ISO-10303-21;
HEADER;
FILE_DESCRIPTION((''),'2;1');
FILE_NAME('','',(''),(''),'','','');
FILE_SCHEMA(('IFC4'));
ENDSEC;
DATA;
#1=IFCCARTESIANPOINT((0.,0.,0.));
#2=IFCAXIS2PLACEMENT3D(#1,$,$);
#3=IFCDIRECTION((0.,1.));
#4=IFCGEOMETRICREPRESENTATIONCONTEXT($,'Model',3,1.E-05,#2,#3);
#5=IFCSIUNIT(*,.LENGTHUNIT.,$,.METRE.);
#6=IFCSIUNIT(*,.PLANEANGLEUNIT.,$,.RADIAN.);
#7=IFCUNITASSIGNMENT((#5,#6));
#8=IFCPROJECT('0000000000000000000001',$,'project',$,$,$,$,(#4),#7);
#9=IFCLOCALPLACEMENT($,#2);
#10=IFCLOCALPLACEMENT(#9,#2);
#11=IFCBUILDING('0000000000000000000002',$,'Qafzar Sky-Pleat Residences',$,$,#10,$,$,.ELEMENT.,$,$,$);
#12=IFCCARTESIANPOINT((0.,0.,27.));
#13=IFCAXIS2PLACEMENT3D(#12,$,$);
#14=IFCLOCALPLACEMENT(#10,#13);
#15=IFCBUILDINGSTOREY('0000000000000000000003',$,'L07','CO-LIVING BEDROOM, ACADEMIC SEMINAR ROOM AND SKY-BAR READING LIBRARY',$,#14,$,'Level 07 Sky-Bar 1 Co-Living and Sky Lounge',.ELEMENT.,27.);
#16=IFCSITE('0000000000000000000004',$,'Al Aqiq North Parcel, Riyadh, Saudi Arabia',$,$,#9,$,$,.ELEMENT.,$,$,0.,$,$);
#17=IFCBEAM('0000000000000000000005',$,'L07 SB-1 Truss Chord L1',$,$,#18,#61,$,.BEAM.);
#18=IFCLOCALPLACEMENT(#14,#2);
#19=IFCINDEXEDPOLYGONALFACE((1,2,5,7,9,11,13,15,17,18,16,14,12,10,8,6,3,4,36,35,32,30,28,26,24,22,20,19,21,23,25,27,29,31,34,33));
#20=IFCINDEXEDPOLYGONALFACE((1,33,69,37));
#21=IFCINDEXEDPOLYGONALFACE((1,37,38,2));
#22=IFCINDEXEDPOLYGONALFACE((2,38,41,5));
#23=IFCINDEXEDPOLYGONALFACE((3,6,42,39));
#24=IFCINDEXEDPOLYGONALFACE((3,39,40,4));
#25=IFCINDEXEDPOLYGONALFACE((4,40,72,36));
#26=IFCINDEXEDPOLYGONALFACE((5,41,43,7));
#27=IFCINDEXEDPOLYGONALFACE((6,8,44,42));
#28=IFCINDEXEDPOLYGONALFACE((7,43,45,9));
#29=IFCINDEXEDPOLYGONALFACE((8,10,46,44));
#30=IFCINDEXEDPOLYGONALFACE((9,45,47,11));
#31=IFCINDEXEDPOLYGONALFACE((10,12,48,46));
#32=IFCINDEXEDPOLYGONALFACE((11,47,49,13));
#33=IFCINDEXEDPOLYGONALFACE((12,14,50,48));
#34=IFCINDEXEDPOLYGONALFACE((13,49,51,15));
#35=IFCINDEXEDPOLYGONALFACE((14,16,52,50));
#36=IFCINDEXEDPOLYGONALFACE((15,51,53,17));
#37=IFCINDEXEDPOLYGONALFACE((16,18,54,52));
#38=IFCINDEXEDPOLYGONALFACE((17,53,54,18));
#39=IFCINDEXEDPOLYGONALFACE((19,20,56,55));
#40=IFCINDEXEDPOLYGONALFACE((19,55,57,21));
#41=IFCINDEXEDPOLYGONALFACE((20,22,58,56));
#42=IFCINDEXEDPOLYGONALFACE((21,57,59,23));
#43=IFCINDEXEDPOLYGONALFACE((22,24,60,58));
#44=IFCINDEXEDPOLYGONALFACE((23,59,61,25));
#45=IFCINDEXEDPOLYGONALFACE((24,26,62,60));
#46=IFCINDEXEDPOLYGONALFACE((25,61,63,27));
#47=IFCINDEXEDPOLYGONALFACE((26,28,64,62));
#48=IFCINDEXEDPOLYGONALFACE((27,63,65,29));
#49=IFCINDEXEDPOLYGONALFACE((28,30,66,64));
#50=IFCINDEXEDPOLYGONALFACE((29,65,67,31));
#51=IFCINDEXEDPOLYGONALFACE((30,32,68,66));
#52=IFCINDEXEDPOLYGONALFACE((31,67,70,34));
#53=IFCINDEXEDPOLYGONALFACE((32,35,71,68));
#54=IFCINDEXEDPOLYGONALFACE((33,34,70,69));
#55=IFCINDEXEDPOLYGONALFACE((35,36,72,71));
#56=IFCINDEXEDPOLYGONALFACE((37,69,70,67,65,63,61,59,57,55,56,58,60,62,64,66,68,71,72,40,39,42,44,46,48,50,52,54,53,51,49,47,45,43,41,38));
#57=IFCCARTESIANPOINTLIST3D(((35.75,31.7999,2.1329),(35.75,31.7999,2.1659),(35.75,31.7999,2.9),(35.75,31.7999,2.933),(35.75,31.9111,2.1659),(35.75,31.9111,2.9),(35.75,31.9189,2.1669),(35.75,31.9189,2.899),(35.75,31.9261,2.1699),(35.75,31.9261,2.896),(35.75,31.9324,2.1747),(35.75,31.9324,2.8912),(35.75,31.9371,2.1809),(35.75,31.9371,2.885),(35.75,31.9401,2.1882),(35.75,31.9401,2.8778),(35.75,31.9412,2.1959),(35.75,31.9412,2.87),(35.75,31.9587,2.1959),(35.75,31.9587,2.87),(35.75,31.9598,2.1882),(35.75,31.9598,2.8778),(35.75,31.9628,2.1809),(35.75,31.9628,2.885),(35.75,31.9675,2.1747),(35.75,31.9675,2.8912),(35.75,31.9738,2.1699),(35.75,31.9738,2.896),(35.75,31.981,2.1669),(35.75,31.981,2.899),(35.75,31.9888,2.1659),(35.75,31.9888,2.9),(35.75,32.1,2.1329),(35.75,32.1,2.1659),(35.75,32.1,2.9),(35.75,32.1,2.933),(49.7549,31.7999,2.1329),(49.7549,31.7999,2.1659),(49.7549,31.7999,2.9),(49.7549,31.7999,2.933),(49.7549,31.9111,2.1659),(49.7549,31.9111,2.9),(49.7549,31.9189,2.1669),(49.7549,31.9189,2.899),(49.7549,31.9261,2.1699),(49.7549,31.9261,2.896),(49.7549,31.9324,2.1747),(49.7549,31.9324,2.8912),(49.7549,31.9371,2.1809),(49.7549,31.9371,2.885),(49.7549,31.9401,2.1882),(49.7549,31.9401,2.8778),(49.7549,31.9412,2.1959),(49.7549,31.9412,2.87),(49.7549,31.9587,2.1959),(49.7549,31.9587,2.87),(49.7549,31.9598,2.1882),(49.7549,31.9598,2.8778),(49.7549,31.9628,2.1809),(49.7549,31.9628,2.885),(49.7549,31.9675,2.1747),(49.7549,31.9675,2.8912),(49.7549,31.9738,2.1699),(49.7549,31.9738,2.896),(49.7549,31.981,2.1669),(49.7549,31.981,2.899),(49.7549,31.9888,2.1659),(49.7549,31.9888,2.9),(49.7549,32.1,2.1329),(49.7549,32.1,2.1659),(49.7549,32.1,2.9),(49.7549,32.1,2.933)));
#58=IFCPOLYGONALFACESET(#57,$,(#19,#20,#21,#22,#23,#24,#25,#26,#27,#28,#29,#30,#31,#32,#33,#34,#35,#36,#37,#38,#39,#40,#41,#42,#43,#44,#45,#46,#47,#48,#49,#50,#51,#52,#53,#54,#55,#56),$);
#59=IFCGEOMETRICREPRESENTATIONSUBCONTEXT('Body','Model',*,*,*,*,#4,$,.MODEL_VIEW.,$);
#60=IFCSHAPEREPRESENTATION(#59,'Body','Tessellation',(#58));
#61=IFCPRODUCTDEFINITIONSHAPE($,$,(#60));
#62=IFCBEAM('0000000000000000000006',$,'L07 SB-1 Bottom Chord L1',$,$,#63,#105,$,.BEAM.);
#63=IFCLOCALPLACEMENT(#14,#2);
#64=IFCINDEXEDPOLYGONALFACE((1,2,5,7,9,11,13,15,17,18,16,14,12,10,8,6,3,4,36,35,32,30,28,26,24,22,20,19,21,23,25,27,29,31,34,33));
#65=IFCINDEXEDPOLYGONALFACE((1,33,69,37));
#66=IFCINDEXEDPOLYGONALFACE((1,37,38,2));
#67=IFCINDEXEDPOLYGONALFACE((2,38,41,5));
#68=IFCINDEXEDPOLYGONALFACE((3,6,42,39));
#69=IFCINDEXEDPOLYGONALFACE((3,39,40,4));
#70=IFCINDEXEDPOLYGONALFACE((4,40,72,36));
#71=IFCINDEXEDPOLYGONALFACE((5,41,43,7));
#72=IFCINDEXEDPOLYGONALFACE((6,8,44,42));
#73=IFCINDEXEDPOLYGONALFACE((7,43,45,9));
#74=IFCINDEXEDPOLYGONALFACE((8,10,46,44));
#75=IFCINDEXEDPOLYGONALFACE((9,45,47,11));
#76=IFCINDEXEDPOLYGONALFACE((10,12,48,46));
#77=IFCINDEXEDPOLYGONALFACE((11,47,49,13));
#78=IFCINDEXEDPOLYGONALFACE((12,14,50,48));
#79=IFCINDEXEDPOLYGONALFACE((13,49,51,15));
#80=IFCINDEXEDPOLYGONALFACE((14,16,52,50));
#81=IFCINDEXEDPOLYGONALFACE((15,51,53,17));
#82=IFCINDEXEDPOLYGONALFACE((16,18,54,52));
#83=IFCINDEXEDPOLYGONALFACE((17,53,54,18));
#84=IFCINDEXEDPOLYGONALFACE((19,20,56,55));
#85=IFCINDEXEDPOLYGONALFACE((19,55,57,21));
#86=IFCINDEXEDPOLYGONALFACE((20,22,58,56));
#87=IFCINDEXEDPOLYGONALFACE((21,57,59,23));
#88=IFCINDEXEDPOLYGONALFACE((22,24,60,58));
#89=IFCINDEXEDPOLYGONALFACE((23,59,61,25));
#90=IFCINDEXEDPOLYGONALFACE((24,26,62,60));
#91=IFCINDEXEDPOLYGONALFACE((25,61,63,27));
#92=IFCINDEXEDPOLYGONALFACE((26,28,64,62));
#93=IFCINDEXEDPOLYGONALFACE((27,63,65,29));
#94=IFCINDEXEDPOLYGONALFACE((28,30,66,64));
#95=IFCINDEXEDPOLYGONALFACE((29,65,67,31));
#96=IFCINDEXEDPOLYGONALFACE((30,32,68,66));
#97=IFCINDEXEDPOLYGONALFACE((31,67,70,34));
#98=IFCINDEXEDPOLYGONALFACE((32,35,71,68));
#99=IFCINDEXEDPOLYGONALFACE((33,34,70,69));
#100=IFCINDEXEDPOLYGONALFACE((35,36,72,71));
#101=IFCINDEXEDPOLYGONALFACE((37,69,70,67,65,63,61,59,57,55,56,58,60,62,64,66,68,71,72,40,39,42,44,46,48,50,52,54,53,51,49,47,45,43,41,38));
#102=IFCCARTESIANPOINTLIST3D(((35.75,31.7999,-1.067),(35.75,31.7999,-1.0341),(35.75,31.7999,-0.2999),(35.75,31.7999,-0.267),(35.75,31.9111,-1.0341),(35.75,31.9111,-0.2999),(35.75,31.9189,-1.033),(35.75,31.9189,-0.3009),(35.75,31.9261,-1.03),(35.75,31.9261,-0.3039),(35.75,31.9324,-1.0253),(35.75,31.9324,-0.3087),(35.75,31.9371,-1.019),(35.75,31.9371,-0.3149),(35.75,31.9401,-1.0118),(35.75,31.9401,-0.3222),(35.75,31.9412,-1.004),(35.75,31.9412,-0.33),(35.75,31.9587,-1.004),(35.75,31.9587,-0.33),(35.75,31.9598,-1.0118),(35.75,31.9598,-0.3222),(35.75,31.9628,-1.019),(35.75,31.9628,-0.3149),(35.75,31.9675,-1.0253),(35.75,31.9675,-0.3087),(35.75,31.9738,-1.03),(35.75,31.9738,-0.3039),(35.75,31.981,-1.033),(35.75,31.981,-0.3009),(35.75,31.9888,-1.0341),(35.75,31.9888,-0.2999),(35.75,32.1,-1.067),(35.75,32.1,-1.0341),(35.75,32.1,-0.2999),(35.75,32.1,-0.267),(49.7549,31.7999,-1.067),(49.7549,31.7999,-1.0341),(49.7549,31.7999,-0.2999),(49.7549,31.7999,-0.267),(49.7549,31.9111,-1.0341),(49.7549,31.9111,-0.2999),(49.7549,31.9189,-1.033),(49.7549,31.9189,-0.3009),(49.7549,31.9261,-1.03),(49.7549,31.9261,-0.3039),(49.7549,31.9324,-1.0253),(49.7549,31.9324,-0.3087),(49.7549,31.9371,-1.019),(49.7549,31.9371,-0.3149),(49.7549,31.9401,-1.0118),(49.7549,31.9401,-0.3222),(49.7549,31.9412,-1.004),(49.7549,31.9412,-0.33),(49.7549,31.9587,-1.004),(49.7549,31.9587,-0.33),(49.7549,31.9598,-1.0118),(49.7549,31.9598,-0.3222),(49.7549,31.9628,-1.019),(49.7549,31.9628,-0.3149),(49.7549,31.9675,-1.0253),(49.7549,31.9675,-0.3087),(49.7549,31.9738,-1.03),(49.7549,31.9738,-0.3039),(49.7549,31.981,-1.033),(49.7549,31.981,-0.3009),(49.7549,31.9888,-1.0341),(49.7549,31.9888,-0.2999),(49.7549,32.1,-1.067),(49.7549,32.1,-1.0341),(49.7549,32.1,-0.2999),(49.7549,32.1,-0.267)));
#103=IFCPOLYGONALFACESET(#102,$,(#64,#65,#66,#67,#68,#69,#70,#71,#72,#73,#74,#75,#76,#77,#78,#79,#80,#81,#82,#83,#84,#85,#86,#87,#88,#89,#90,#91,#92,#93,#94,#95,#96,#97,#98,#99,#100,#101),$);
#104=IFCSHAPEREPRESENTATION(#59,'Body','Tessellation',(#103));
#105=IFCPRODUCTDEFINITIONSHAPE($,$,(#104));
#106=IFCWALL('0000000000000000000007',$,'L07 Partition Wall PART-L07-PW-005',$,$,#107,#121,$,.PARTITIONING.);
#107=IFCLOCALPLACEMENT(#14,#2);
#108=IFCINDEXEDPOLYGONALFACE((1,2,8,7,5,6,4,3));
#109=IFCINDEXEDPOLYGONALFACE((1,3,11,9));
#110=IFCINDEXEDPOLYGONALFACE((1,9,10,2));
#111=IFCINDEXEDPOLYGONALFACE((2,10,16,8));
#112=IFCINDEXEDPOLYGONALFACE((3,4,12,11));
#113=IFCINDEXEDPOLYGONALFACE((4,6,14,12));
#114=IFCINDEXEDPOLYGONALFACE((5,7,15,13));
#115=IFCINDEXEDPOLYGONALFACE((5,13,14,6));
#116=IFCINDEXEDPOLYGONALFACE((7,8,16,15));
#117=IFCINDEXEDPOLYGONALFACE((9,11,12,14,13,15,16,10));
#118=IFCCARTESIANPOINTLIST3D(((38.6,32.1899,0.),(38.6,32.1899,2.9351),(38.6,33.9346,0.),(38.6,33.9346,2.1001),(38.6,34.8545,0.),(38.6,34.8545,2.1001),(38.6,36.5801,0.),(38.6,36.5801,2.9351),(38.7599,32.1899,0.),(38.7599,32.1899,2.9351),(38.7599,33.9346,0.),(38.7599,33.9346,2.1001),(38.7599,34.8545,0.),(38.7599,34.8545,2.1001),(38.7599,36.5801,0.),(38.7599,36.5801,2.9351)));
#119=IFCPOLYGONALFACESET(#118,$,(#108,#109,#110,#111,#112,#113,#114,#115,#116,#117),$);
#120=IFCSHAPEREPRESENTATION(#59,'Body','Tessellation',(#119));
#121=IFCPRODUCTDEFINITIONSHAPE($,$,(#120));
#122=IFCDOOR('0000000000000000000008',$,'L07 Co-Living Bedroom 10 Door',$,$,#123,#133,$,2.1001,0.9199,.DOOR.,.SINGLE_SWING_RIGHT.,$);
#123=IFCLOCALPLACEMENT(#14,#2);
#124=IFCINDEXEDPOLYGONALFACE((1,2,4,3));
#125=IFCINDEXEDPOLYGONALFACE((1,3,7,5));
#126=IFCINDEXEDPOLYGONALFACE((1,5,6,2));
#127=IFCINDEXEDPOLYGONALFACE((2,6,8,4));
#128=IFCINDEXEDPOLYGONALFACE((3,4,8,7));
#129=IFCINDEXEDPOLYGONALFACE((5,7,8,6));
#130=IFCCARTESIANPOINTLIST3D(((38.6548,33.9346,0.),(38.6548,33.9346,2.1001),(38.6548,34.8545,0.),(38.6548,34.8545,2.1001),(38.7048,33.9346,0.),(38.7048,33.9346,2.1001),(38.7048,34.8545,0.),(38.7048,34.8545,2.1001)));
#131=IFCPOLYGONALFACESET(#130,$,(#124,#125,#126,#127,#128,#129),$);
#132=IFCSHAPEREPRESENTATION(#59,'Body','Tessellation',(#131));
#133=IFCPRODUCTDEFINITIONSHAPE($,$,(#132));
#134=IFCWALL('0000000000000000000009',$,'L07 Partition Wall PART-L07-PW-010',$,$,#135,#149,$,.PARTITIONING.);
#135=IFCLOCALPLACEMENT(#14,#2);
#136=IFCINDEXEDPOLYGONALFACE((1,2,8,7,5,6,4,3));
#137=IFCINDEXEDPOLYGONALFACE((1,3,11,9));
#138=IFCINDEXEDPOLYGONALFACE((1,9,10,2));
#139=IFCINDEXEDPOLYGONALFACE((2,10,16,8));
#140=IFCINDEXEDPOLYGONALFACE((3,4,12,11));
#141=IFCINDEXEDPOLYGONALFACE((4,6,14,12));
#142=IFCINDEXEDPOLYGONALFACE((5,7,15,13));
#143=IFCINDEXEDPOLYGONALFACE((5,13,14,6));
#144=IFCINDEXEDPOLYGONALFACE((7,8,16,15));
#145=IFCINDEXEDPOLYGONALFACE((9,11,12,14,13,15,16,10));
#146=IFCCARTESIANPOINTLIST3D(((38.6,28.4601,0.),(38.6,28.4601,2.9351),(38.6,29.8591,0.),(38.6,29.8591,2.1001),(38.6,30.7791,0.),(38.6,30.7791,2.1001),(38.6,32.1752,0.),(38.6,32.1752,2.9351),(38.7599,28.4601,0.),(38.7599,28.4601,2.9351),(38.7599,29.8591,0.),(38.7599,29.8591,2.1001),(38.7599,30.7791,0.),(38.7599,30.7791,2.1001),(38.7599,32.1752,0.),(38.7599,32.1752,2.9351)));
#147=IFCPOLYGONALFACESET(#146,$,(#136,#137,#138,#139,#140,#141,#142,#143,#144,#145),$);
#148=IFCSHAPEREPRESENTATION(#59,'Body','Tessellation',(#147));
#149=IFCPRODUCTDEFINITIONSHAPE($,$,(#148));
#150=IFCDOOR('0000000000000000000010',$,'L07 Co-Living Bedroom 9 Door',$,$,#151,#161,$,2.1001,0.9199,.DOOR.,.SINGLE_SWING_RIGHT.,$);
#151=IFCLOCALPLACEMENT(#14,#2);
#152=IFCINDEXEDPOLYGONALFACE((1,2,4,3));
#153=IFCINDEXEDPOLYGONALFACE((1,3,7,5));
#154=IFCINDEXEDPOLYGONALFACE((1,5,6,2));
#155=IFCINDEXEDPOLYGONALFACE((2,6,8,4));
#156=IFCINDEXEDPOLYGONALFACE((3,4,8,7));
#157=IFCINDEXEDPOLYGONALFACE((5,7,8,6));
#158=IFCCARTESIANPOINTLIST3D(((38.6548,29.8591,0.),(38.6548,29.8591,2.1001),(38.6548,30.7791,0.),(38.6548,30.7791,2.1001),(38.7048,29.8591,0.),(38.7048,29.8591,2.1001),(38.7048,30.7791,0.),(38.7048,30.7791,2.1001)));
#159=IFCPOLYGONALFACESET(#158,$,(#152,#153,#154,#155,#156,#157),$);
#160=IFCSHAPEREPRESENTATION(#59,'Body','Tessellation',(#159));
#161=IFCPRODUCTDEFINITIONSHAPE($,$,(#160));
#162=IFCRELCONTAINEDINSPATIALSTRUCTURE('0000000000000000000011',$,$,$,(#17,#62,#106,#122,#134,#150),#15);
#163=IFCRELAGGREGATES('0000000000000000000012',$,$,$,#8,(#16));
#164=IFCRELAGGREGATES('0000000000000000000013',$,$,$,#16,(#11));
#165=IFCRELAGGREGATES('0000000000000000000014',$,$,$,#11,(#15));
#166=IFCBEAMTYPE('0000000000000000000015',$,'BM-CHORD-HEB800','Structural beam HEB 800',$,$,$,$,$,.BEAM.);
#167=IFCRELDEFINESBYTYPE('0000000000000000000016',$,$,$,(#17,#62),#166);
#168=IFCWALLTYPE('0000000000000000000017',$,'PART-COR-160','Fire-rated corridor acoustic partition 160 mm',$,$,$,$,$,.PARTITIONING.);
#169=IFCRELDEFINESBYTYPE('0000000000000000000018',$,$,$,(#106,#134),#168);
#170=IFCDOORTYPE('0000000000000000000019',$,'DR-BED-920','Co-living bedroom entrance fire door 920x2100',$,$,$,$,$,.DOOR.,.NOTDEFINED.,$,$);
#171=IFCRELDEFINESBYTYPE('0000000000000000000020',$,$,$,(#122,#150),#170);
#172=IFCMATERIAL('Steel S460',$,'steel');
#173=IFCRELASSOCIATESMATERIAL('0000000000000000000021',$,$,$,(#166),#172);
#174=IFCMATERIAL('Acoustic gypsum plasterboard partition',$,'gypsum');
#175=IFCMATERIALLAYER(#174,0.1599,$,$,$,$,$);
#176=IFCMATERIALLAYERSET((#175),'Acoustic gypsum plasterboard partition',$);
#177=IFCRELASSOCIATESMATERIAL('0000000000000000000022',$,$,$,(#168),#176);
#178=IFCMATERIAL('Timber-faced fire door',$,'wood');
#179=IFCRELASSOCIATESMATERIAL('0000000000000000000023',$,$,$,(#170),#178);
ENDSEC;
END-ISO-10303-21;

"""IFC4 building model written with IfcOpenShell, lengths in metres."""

from ifc_helpers import new_model, si_unit, direction, frame, frame_2d, origin, origin_2d, place, context, subcontext, project, spatial, rectangle, i_section, extrude, source, transform, mapped, material, layer, layer_set, material_profile, profile_set, type_object, element, fill, save


model = new_model("IFC4")

# Units and contexts
model_context = context("Model", 3, precision=1e-05, world=origin(), true_north=direction((0.0, 1.0)))
body_context = subcontext(model_context, "Body", "Model", "MODEL_VIEW")
ifc_project = project(units=[si_unit("LENGTHUNIT", "METRE"), si_unit("PLANEANGLEUNIT", "RADIAN")], contexts=[model_context])

# Site, building, storey
site_placement = place(None, origin())
site = spatial("IfcSite", under=ifc_project, at=site_placement, Name="Al Aqiq North Parcel, Riyadh, Saudi Arabia", CompositionType="ELEMENT", RefElevation=0.0)
building_placement = place(site_placement, origin())
building = spatial("IfcBuilding", under=site, at=building_placement, Name="Qafzar Sky-Pleat Residences", CompositionType="ELEMENT")
storey_placement = place(building_placement, frame((0.0, 0.0, 27.0)))
storey = spatial("IfcBuildingStorey", under=building, at=storey_placement, Name="L07", Description="CO-LIVING BEDROOM, ACADEMIC SEMINAR ROOM AND SKY-BAR READING LIBRARY", LongName="Level 07 Sky-Bar 1 Co-Living and Sky Lounge", CompositionType="ELEMENT", Elevation=27.0)

# Shared definitions
ifc_material_1 = material(Name="Steel S460", Category="steel")

# Beams
ifc_material_profile_1 = material_profile(ifc_material_1, i_section(OverallWidth=0.3, OverallDepth=0.8, WebThickness=0.0176, FlangeThickness=0.033, FilletRadius=0.03, at=origin_2d()), Name="HEB 800")
ifc_profile_set_1 = profile_set([ifc_material_profile_1], Name="Steel S460")
beam_type_1 = type_object("IfcBeamType", Name="BM-CHORD-HEB800", Description="Structural beam HEB 800", PredefinedType="BEAM", material=ifc_profile_set_1)
shared_shape_1 = source(origin(), body_context, "Body", "SweptSolid", [
    extrude(i_section(OverallWidth=0.3, OverallDepth=0.8, WebThickness=0.0176, FlangeThickness=0.033, FilletRadius=0.03, at=origin_2d()), origin(), (0.0, 0.0, 1.0), 14.0049),
])
for number, where, z_axis, x_axis, name in (
    (1, (35.75, 31.95, 2.533), (1.0, 0.0, 0.0), (0.0, 1.0, 0.0), "L07 SB-1 Truss Chord L1"),
    (2, (35.75, 31.95, -0.667), (1.0, 0.0, 0.0), (0.0, 1.0, 0.0), "L07 SB-1 Bottom Chord L1"),
):
    element("IfcBeam", number, at=place(storey_placement, frame(where, z_axis=z_axis, x_axis=x_axis)), inside=storey, type_object=beam_type_1, Name=name, PredefinedType="BEAM", context=body_context, shape_type="MappedRepresentation", body=[
        mapped(shared_shape_1, transform((0.0, 0.0, 0.0), x_axis=(1.0, 0.0, 0.0), y_axis=(0.0, 1.0, 0.0), z_axis=(0.0, 0.0, 1.0), scale=1.0)),
    ])

# Walls, openings, doors
ifc_material_2 = material(Name="Acoustic gypsum plasterboard partition", Category="gypsum")
ifc_layer_1 = layer(ifc_material_2, 0.1599)
ifc_layer_set_1 = layer_set([ifc_layer_1], Name="Acoustic gypsum plasterboard partition")
wall_type_1 = type_object("IfcWallType", Name="PART-COR-160", Description="Fire-rated corridor acoustic partition 160 mm", PredefinedType="PARTITIONING", material=ifc_layer_set_1)
wall_1_placement = place(storey_placement, frame((38.6799, 36.5801, 0.0), z_axis=(0.0, 0.0, 1.0), x_axis=(0.0, -1.0, 0.0)))
wall_1 = element("IfcWall", 3, at=wall_1_placement, inside=storey, type_object=wall_type_1, Name="L07 Partition Wall PART-L07-PW-005", PredefinedType="PARTITIONING", context=body_context, shape_type="SweptSolid", body=[
    extrude(rectangle(XDim=4.3901, YDim=0.1599, at=frame_2d((2.1951, 0.0))), origin(), (0.0, 0.0, 1.0), 2.9351),
])
opening_1_placement = place(wall_1_placement, frame((1.7256, 0.0, 0.0)))
opening_1 = element("IfcOpeningElement", 4, at=opening_1_placement, cuts=wall_1, PredefinedType="OPENING", context=body_context, shape_type="SweptSolid", body=[
    extrude(rectangle(XDim=0.9199, YDim=2.1001, at=frame_2d((0.46, 1.05))), frame((0.0, 0.0898, 0.0), z_axis=(0.0, -1.0, 0.0), x_axis=(1.0, 0.0, 0.0)), (0.0, 0.0, 1.0), 0.1799),
])
ifc_material_3 = material(Name="Timber-faced fire door", Category="wood")
door_type_1 = type_object("IfcDoorType", Name="DR-BED-920", Description="Co-living bedroom entrance fire door 920x2100", OperationType="NOTDEFINED", PredefinedType="DOOR", material=ifc_material_3)
shared_shape_2 = source(origin(), body_context, "Body", "SweptSolid", [
    extrude(rectangle(XDim=0.9199, YDim=2.1001, at=frame_2d((0.46, 1.05))), frame((0.0, 0.0249, 0.0), z_axis=(0.0, -1.0, 0.0), x_axis=(1.0, 0.0, 0.0)), (0.0, 0.0, 1.0), 0.05),
])
door_1_placement = place(opening_1_placement, origin())
door_1 = element("IfcDoor", 5, at=door_1_placement, inside=storey, type_object=door_type_1, Name="L07 Co-Living Bedroom 10 Door", OperationType="SINGLE_SWING_RIGHT", OverallHeight=2.1001, OverallWidth=0.9199, PredefinedType="DOOR", context=body_context, shape_type="MappedRepresentation", body=[
    mapped(shared_shape_2, transform((0.0, 0.0, 0.0), x_axis=(1.0, 0.0, 0.0), y_axis=(0.0, 1.0, 0.0), z_axis=(0.0, 0.0, 1.0), scale=1.0)),
])
fill(opening_1, door_1)
wall_2_placement = place(storey_placement, frame((38.6799, 32.175, 0.0), z_axis=(0.0, 0.0, 1.0), x_axis=(0.0, -1.0, 0.0)))
wall_2 = element("IfcWall", 6, at=wall_2_placement, inside=storey, type_object=wall_type_1, Name="L07 Partition Wall PART-L07-PW-010", PredefinedType="PARTITIONING", context=body_context, shape_type="SweptSolid", body=[
    extrude(rectangle(XDim=3.7151, YDim=0.1599, at=frame_2d((1.8574, 0.0))), origin(), (0.0, 0.0, 1.0), 2.9351),
])
opening_2_placement = place(wall_2_placement, frame((1.396, 0.0, 0.0)))
opening_2 = element("IfcOpeningElement", 7, at=opening_2_placement, cuts=wall_2, PredefinedType="OPENING", context=body_context, shape_type="SweptSolid", body=[
    extrude(rectangle(XDim=0.9199, YDim=2.1001, at=frame_2d((0.46, 1.05))), frame((0.0, 0.0898, 0.0), z_axis=(0.0, -1.0, 0.0), x_axis=(1.0, 0.0, 0.0)), (0.0, 0.0, 1.0), 0.1799),
])
door_2_placement = place(opening_2_placement, origin())
door_2 = element("IfcDoor", 8, at=door_2_placement, inside=storey, type_object=door_type_1, Name="L07 Co-Living Bedroom 9 Door", OperationType="SINGLE_SWING_RIGHT", OverallHeight=2.1001, OverallWidth=0.9199, PredefinedType="DOOR", context=body_context, shape_type="MappedRepresentation", body=[
    mapped(shared_shape_2, transform((0.0, 0.0, 0.0), x_axis=(1.0, 0.0, 0.0), y_axis=(0.0, 1.0, 0.0), z_axis=(0.0, 0.0, 1.0), scale=1.0)),
])
fill(opening_2, door_2)

save(model, "model.ifc")
